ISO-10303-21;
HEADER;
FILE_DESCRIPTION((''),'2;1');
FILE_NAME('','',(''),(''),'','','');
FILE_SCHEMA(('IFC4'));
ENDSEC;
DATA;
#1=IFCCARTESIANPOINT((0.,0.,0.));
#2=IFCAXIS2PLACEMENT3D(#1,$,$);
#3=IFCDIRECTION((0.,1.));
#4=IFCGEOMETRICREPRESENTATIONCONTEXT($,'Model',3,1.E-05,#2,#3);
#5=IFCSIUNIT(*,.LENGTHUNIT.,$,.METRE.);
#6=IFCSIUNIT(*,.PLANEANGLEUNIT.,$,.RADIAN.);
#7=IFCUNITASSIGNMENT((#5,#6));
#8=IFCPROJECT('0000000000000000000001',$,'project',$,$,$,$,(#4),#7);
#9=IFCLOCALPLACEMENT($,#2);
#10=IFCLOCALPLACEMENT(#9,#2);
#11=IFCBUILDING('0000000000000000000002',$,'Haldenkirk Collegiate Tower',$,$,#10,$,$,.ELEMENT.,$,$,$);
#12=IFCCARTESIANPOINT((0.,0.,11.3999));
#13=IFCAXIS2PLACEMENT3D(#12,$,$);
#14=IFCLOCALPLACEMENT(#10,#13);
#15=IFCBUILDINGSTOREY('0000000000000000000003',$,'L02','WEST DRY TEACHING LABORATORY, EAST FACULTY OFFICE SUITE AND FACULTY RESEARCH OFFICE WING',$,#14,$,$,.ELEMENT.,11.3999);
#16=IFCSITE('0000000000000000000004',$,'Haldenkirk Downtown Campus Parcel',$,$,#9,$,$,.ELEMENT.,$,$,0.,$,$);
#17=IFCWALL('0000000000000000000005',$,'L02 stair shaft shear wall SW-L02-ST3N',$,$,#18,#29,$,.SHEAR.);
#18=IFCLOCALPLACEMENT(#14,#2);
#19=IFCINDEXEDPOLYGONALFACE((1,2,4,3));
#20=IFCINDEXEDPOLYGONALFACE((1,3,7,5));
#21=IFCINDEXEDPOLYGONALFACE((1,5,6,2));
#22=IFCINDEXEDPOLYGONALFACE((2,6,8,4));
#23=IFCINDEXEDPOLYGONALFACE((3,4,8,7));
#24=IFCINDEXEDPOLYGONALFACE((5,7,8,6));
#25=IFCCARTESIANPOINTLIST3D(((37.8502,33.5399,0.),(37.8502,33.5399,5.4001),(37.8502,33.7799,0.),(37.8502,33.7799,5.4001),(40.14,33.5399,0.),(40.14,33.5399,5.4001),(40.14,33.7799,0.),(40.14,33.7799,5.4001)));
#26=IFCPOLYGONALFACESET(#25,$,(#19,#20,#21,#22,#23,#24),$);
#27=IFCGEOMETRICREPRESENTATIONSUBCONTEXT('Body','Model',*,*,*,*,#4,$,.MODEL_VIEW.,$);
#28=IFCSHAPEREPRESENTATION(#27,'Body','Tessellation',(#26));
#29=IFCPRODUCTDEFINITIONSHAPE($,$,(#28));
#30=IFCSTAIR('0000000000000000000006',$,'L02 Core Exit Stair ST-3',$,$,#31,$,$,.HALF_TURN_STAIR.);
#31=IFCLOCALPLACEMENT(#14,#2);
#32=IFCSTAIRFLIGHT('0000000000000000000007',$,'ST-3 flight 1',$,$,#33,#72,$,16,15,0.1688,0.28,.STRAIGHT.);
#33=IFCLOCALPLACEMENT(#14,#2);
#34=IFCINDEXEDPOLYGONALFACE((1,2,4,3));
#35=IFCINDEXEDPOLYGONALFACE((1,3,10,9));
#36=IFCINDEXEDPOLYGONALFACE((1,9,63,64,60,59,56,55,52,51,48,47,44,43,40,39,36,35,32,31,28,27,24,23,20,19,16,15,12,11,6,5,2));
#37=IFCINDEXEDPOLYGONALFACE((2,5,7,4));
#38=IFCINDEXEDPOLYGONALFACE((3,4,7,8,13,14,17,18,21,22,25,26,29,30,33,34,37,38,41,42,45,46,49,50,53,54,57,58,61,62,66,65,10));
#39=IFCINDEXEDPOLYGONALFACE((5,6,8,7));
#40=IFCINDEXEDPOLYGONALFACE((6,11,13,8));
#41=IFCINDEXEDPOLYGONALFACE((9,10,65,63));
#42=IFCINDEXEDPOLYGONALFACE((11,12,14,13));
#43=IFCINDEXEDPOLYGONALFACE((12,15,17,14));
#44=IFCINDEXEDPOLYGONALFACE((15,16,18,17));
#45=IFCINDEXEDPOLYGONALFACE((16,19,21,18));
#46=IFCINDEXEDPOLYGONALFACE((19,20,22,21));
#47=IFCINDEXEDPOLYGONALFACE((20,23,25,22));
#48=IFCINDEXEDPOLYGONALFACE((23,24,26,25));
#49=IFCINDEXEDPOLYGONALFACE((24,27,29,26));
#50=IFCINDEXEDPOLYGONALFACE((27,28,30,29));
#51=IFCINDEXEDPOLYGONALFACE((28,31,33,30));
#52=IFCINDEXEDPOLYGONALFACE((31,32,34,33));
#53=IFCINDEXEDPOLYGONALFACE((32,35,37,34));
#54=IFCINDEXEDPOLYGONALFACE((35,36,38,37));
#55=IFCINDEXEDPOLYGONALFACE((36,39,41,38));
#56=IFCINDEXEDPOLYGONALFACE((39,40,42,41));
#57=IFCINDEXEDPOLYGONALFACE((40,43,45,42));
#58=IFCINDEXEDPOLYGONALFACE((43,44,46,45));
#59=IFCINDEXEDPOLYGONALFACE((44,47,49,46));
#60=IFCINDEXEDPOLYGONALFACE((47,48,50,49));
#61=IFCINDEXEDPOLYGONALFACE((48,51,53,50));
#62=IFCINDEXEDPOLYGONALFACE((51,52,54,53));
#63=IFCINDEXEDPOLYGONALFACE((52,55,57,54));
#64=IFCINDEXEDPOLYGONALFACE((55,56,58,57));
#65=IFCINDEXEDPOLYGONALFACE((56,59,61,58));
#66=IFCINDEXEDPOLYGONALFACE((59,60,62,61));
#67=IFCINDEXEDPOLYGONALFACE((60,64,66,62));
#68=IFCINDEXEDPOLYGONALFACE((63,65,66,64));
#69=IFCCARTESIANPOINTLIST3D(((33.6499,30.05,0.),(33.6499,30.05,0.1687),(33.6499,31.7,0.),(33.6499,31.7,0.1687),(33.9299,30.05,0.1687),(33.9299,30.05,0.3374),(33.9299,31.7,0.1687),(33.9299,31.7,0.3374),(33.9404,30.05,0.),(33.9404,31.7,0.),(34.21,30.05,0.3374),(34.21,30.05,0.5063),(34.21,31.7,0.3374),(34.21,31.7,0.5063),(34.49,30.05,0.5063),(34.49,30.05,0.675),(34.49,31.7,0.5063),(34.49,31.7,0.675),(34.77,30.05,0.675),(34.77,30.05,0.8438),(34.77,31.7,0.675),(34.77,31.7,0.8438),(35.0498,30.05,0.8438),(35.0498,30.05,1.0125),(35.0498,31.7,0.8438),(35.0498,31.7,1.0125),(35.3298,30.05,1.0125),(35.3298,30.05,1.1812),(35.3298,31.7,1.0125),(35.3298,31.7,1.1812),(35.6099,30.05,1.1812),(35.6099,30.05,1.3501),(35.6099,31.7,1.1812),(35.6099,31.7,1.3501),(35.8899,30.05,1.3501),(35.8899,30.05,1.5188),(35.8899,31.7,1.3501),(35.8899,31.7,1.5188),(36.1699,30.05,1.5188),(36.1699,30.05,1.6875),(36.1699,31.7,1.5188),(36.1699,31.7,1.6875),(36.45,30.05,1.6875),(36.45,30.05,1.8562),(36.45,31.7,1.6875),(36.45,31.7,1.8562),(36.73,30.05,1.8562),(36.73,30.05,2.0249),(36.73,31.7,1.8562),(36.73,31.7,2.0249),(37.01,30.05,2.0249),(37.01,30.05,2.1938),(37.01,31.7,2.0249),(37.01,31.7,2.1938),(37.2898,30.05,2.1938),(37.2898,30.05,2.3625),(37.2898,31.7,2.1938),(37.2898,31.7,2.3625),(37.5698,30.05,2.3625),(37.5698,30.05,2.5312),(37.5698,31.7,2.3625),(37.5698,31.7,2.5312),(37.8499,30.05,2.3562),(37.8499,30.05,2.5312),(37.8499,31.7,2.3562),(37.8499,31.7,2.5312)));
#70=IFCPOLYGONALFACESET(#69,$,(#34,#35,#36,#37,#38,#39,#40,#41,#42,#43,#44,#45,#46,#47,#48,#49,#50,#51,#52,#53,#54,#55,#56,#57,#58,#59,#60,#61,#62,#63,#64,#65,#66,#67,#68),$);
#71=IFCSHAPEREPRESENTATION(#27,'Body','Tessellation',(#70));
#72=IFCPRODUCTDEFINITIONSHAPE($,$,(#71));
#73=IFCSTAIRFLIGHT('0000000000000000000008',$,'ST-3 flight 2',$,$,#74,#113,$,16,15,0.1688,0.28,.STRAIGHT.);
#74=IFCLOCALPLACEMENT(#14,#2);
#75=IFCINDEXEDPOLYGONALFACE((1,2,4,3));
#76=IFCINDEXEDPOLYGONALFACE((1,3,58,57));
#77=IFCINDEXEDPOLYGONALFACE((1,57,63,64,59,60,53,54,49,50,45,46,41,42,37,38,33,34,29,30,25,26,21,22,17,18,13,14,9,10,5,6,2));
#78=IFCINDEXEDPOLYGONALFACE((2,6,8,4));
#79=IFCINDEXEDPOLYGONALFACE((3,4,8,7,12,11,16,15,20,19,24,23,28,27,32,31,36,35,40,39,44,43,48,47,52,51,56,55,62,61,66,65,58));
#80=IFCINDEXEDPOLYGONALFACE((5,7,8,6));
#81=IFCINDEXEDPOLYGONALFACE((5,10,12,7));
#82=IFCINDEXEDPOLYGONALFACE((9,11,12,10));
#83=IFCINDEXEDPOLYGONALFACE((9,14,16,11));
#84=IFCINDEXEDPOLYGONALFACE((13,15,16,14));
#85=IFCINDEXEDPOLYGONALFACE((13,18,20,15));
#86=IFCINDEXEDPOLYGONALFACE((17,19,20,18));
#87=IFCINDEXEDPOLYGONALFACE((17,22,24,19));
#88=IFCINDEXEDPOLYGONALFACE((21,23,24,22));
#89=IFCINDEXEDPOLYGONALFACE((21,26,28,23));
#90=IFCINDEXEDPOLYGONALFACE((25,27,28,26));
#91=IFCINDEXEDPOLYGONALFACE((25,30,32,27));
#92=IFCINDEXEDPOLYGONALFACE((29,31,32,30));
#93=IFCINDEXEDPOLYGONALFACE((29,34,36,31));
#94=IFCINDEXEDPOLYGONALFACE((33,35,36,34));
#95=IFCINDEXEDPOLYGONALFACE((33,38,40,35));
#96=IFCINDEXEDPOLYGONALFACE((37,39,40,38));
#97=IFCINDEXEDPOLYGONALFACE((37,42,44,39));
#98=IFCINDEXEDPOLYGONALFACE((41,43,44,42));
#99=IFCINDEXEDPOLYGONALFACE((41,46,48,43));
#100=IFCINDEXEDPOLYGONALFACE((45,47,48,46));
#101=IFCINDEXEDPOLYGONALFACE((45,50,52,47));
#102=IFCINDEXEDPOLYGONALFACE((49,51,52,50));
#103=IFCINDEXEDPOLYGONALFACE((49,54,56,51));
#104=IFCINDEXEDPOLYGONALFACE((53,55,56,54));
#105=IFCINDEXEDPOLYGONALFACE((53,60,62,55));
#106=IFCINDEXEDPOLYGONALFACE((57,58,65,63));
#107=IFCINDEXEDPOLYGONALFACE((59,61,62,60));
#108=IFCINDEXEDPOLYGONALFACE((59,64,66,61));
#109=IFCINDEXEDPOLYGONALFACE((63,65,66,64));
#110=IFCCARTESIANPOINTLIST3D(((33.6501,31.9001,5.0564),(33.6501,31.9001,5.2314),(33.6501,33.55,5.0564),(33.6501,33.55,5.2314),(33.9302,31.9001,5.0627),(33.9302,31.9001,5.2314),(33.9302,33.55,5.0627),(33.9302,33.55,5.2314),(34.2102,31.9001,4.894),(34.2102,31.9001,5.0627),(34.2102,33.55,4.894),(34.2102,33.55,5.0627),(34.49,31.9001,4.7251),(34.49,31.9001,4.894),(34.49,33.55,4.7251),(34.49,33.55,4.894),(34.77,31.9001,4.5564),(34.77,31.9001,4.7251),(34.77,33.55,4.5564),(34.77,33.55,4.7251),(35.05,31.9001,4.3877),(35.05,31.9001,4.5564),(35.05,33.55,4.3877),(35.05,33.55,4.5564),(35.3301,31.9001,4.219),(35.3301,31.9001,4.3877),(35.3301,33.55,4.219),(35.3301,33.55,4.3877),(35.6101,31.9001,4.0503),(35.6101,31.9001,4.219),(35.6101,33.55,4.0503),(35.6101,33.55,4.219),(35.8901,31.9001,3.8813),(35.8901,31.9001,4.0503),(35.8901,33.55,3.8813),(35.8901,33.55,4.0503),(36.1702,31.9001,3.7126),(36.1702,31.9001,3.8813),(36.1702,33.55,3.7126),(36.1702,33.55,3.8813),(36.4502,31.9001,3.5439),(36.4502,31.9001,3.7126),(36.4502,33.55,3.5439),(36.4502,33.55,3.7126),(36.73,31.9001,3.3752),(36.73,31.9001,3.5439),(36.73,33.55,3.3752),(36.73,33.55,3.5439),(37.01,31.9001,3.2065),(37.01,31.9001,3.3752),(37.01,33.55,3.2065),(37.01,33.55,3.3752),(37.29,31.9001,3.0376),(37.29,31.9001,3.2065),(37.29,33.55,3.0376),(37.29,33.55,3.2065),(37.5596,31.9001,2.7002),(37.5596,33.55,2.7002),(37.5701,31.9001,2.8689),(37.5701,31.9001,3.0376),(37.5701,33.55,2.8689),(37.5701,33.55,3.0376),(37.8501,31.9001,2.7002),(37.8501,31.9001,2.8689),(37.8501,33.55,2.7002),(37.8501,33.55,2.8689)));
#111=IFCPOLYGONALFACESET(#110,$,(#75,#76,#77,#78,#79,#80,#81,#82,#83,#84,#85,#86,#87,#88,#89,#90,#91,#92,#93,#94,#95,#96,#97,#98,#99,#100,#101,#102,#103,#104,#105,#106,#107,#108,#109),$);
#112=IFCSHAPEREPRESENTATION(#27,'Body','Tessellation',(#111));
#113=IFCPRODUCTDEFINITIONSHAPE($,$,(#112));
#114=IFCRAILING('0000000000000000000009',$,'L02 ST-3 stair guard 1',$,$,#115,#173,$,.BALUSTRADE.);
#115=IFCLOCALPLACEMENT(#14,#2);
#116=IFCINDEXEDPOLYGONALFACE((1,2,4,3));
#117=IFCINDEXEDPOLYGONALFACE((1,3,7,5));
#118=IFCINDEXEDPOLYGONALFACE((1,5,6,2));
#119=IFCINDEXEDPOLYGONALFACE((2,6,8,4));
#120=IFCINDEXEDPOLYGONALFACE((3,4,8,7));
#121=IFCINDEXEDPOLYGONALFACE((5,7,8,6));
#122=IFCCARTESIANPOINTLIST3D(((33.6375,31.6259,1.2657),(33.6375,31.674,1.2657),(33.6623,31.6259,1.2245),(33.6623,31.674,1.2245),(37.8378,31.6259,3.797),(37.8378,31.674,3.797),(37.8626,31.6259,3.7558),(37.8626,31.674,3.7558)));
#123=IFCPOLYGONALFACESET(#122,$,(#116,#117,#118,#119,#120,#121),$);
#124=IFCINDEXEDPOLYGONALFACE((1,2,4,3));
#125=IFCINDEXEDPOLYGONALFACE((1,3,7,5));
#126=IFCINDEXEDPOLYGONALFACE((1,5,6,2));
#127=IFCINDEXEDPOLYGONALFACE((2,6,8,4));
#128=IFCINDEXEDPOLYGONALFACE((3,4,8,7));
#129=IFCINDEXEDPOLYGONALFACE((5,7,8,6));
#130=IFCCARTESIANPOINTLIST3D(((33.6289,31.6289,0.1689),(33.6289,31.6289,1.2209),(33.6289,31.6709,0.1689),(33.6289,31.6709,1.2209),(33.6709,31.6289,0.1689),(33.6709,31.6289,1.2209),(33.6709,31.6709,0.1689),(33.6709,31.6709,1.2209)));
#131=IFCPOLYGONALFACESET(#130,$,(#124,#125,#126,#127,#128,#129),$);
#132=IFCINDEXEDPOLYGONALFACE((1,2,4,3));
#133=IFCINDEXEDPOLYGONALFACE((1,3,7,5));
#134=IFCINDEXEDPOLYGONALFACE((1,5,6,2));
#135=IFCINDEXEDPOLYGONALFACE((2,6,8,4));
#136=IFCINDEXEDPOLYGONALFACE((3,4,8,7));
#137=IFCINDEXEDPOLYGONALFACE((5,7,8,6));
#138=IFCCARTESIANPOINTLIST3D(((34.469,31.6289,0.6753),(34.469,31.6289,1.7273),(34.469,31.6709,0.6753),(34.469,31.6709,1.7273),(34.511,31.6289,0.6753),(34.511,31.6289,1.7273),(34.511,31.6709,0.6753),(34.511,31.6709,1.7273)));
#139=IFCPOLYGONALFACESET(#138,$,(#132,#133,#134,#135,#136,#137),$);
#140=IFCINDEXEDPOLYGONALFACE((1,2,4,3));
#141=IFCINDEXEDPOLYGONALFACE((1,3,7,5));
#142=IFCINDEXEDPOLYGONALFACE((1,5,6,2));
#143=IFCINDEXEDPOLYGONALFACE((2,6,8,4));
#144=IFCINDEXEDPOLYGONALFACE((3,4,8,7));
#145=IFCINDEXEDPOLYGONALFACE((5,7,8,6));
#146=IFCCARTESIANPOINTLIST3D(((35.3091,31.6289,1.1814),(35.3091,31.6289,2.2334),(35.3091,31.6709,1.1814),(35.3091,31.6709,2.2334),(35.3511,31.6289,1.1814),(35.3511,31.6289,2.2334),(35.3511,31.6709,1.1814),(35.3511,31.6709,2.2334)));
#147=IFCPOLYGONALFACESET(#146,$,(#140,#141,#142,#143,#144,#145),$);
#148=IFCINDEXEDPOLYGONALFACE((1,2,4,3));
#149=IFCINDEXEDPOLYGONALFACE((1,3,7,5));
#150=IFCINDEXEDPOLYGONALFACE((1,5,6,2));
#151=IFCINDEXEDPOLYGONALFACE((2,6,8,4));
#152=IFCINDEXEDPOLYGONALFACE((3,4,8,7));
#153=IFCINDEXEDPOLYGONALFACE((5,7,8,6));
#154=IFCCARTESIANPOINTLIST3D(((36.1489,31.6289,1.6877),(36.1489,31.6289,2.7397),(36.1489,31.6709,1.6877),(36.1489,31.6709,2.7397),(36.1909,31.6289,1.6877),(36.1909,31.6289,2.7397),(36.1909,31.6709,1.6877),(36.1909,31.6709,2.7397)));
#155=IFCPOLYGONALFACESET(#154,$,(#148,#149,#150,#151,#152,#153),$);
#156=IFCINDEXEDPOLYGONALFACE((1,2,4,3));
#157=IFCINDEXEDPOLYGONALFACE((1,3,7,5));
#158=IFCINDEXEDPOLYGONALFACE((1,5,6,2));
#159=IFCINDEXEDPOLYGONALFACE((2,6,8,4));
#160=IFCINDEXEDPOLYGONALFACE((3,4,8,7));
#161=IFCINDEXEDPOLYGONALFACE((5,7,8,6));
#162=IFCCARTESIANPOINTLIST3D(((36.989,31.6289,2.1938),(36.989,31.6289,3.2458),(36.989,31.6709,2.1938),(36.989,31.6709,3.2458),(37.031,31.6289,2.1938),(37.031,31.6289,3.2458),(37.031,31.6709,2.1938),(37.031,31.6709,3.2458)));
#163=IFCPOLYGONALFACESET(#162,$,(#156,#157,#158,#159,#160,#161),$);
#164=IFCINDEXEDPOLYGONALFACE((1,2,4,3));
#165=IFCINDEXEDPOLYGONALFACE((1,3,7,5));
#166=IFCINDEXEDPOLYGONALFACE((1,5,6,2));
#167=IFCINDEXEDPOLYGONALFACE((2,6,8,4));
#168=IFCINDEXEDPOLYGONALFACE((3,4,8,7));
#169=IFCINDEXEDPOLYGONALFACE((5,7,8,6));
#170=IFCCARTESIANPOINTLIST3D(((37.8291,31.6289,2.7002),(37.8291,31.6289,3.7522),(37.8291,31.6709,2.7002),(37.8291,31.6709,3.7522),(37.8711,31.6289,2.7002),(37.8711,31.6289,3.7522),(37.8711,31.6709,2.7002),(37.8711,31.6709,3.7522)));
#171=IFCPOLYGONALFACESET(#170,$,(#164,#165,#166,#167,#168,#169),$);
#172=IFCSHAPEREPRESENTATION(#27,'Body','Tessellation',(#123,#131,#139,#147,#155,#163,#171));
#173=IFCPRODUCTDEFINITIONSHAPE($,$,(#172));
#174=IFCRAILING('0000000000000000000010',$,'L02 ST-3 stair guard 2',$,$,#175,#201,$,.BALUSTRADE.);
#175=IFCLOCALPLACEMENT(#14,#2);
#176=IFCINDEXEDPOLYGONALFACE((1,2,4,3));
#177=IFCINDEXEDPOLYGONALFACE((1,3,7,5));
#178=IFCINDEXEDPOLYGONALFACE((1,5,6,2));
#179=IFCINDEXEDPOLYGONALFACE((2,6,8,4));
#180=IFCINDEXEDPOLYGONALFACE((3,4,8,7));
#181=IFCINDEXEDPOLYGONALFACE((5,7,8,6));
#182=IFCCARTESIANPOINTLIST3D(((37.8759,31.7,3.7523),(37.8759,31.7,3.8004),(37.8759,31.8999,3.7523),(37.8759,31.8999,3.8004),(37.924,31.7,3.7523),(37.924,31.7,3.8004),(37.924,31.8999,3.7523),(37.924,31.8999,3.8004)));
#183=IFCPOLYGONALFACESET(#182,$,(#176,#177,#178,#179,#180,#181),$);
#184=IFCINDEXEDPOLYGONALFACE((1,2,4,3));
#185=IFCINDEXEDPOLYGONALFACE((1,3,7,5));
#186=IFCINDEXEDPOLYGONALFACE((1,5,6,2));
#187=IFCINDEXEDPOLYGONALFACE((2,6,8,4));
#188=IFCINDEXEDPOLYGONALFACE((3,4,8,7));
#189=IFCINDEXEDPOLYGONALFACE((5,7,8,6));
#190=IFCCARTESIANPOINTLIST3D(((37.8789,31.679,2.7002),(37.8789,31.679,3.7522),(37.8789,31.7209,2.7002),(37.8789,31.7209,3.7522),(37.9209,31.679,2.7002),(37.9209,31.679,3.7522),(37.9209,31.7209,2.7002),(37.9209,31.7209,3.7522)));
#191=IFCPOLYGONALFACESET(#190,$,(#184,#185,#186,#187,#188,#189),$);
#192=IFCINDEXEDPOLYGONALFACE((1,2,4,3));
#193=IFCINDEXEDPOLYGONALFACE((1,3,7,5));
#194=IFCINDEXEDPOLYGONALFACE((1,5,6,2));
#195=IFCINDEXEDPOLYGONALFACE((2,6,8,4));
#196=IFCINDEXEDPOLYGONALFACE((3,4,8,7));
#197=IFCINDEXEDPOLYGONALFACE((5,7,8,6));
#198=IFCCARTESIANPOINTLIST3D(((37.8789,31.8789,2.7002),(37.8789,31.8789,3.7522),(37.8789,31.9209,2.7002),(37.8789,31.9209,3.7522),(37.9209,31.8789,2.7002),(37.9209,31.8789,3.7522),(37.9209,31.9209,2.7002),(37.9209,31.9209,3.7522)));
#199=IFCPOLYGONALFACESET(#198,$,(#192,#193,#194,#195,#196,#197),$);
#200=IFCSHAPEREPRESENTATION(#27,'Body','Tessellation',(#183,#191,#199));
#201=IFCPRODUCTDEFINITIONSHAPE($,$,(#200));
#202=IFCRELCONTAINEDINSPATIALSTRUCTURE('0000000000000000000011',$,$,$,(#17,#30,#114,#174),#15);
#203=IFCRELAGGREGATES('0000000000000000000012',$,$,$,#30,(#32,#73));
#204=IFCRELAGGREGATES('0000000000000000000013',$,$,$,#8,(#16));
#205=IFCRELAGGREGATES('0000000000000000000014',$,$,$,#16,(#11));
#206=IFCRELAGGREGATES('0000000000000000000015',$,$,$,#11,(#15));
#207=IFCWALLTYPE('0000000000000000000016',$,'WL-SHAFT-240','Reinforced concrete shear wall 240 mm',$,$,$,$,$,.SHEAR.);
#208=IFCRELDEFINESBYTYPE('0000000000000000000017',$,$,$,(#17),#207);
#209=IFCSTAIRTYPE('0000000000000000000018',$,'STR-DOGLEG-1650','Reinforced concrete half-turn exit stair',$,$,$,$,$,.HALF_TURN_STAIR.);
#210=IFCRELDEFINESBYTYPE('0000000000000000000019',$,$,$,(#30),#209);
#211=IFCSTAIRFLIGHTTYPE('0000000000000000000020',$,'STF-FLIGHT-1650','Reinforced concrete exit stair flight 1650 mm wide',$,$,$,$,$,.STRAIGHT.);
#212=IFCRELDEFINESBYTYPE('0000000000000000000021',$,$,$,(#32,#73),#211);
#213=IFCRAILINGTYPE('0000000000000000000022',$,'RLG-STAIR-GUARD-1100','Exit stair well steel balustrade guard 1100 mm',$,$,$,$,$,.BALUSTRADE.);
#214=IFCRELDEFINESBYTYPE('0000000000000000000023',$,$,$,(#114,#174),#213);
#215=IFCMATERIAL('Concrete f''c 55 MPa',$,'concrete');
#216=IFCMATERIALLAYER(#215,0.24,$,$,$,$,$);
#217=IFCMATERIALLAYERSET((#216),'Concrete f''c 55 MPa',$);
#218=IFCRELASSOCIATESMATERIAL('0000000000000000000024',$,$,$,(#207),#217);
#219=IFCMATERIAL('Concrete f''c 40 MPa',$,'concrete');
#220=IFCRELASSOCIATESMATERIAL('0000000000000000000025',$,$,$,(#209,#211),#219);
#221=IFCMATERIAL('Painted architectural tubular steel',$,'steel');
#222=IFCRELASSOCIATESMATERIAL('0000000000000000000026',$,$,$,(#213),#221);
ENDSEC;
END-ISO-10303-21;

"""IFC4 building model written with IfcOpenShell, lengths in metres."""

from ifc_helpers import new_model, si_unit, direction, frame, frame_2d, origin, origin_2d, place, context, subcontext, project, spatial, polyline, rectangle, outline, extrude, material, layer, layer_set, type_object, element, aggregate, save


model = new_model("IFC4")

# Units and contexts
model_context = context("Model", 3, precision=1e-05, world=origin(), true_north=direction((0.0, 1.0)))
body_context = subcontext(model_context, "Body", "Model", "MODEL_VIEW")
ifc_project = project(units=[si_unit("LENGTHUNIT", "METRE"), si_unit("PLANEANGLEUNIT", "RADIAN")], contexts=[model_context])

# Site, building, storey
site_placement = place(None, origin())
site = spatial("IfcSite", under=ifc_project, at=site_placement, Name="Haldenkirk Downtown Campus Parcel", CompositionType="ELEMENT", RefElevation=0.0)
building_placement = place(site_placement, origin())
building = spatial("IfcBuilding", under=site, at=building_placement, Name="Haldenkirk Collegiate Tower", CompositionType="ELEMENT")
storey_placement = place(building_placement, frame((0.0, 0.0, 11.3999)))
storey = spatial("IfcBuildingStorey", under=building, at=storey_placement, Name="L02", Description="WEST DRY TEACHING LABORATORY, EAST FACULTY OFFICE SUITE AND FACULTY RESEARCH OFFICE WING", CompositionType="ELEMENT", Elevation=11.3999)

# Wall
ifc_material_1 = material(Name="Concrete f'c 55 MPa", Category="concrete")
ifc_layer_1 = layer(ifc_material_1, 0.24)
ifc_layer_set_1 = layer_set([ifc_layer_1], Name="Concrete f'c 55 MPa")
wall_type_1 = type_object("IfcWallType", Name="WL-SHAFT-240", Description="Reinforced concrete shear wall 240 mm", PredefinedType="SHEAR", material=ifc_layer_set_1)
wall_1_placement = place(storey_placement, frame((37.8501, 33.6599, 0.0), z_axis=(0.0, 0.0, 1.0), x_axis=(1.0, 0.0, 0.0)))
element("IfcWall", 1, at=wall_1_placement, inside=storey, type_object=wall_type_1, Name="L02 stair shaft shear wall SW-L02-ST3N", PredefinedType="SHEAR", context=body_context, shape_type="SweptSolid", body=[
    extrude(rectangle(XDim=2.2898, YDim=0.24, at=frame_2d((1.145, 0.0))), origin(), (0.0, 0.0, 1.0), 5.4001),
])

# Stair, stair flights
ifc_material_2 = material(Name="Concrete f'c 40 MPa", Category="concrete")
stair_type = type_object("IfcStairType", Name="STR-DOGLEG-1650", Description="Reinforced concrete half-turn exit stair", PredefinedType="HALF_TURN_STAIR", material=ifc_material_2)
stair_placement = place(storey_placement, origin())
stair = element("IfcStair", 2, at=stair_placement, inside=storey, type_object=stair_type, Name="L02 Core Exit Stair ST-3", PredefinedType="HALF_TURN_STAIR")
stair_flight_type = type_object("IfcStairFlightType", Name="STF-FLIGHT-1650", Description="Reinforced concrete exit stair flight 1650 mm wide", PredefinedType="STRAIGHT", material=ifc_material_2)
stair_flight_1_placement = place(storey_placement, frame((33.6499, 30.875, 0.0), z_axis=(0.0, 0.0, 1.0), x_axis=(1.0, 0.0, 0.0)))
stair_flight_1 = element("IfcStairFlight", 3, at=stair_flight_1_placement, type_object=stair_flight_type, Name="ST-3 flight 1", NumberOfRisers=16, NumberOfTreads=15, PredefinedType="STRAIGHT", RiserHeight=0.1688, TreadLength=0.28, context=body_context, shape_type="SweptSolid", body=[
    extrude(outline(polyline([(0.0, 0.0), (0.0, 0.1687), (0.28, 0.1687), (0.28, 0.3374), (0.5601, 0.3374), (0.5601, 0.5063), (0.8401, 0.5063), (0.8401, 0.675), (1.1201, 0.675), (1.1201, 0.8438), (1.3999, 0.8438), (1.3999, 1.0125), (1.6799, 1.0125), (1.6799, 1.1812), (1.96, 1.1812), (1.96, 1.3501), (2.24, 1.3501), (2.24, 1.5188), (2.52, 1.5188), (2.52, 1.6875), (2.8, 1.6875), (2.8, 1.8562), (3.0801, 1.8562), (3.0801, 2.0249), (3.3601, 2.0249), (3.3601, 2.1938), (3.6399, 2.1938), (3.6399, 2.3625), (3.9199, 2.3625), (3.9199, 2.5312), (4.2, 2.5312), (4.2, 2.7), (4.2, 2.3562), (0.2905, 0.0), (0.0, 0.0)])), frame((0.0, 0.825, 0.0), z_axis=(0.0, -1.0, 0.0), x_axis=(1.0, 0.0, 0.0)), (0.0, 0.0, 1.0), 1.6499),
])
stair_flight_2_placement = place(storey_placement, frame((37.8501, 32.7251, 2.7002), z_axis=(0.0, 0.0, 1.0), x_axis=(-1.0, 0.0, 0.0)))
stair_flight_2 = element("IfcStairFlight", 4, at=stair_flight_2_placement, type_object=stair_flight_type, Name="ST-3 flight 2", NumberOfRisers=16, NumberOfTreads=15, PredefinedType="STRAIGHT", RiserHeight=0.1688, TreadLength=0.28, context=body_context, shape_type="SweptSolid", body=[
    extrude(outline(polyline([(0.0, 0.0), (0.0, 0.1687), (0.28, 0.1687), (0.28, 0.3374), (0.5601, 0.3374), (0.5601, 0.5063), (0.8401, 0.5063), (0.8401, 0.675), (1.1201, 0.675), (1.1201, 0.8438), (1.3999, 0.8438), (1.3999, 1.0125), (1.6799, 1.0125), (1.6799, 1.1812), (1.96, 1.1812), (1.96, 1.3501), (2.24, 1.3501), (2.24, 1.5188), (2.52, 1.5188), (2.52, 1.6875), (2.8, 1.6875), (2.8, 1.8562), (3.0801, 1.8562), (3.0801, 2.0249), (3.3601, 2.0249), (3.3601, 2.1938), (3.6399, 2.1938), (3.6399, 2.3625), (3.9199, 2.3625), (3.9199, 2.5312), (4.2, 2.5312), (4.2, 2.7), (4.2, 2.3562), (0.2905, 0.0), (0.0, 0.0)])), frame((0.0, 0.825, 0.0), z_axis=(0.0, -1.0, 0.0), x_axis=(1.0, 0.0, 0.0)), (0.0, 0.0, 1.0), 1.6499),
])
aggregate(stair, [stair_flight_1, stair_flight_2])

# Railings
ifc_material_3 = material(Name="Painted architectural tubular steel", Category="steel")
railing_type_1 = type_object("IfcRailingType", Name="RLG-STAIR-GUARD-1100", Description="Exit stair well steel balustrade guard 1100 mm", PredefinedType="BALUSTRADE", material=ifc_material_3)
railing_1_placement = place(storey_placement, frame((33.6499, 31.6499, 0.1689)))
element("IfcRailing", 5, at=railing_1_placement, inside=storey, type_object=railing_type_1, Name="L02 ST-3 stair guard 1", PredefinedType="BALUSTRADE", context=body_context, shape_type="SweptSolid", body=[
    extrude(rectangle(XDim=0.0481, YDim=0.0481, at=origin_2d()), frame((0.0, 0.0, 1.0762), z_axis=(0.85649, 0.0, 0.516164), x_axis=(0.0, 1.0, 0.0)), (0.0, 0.0, 1.0), 4.9041),
    extrude(rectangle(XDim=0.042, YDim=0.042, at=origin_2d()), origin(), (0.0, 0.0, 1.0), 1.052),
    extrude(rectangle(XDim=0.042, YDim=0.042, at=origin_2d()), frame((0.8401, 0.0, 0.5063)), (0.0, 0.0, 1.0), 1.052),
    extrude(rectangle(XDim=0.042, YDim=0.042, at=origin_2d()), frame((1.6802, 0.0, 1.0125)), (0.0, 0.0, 1.0), 1.052),
    extrude(rectangle(XDim=0.042, YDim=0.042, at=origin_2d()), frame((2.52, 0.0, 1.5188)), (0.0, 0.0, 1.0), 1.052),
    extrude(rectangle(XDim=0.042, YDim=0.042, at=origin_2d()), frame((3.3601, 0.0, 2.0249)), (0.0, 0.0, 1.0), 1.052),
    extrude(rectangle(XDim=0.042, YDim=0.042, at=origin_2d()), frame((4.2002, 0.0, 2.5312)), (0.0, 0.0, 1.0), 1.052),
])
railing_2_placement = place(storey_placement, frame((37.8999, 31.7, 2.7002)))
element("IfcRailing", 6, at=railing_2_placement, inside=storey, type_object=railing_type_1, Name="L02 ST-3 stair guard 2", PredefinedType="BALUSTRADE", context=body_context, shape_type="SweptSolid", body=[
    extrude(rectangle(XDim=0.0481, YDim=0.0481, at=origin_2d()), frame((0.0, 0.0, 1.0762), z_axis=(0.0, 1.0, 0.0), x_axis=(-1.0, 0.0, 0.0)), (0.0, 0.0, 1.0), 0.2),
    extrude(rectangle(XDim=0.042, YDim=0.042, at=origin_2d()), origin(), (0.0, 0.0, 1.0), 1.052),
    extrude(rectangle(XDim=0.042, YDim=0.042, at=origin_2d()), frame((0.0, 0.2, 0.0)), (0.0, 0.0, 1.0), 1.052),
])

save(model, "model.ifc")
